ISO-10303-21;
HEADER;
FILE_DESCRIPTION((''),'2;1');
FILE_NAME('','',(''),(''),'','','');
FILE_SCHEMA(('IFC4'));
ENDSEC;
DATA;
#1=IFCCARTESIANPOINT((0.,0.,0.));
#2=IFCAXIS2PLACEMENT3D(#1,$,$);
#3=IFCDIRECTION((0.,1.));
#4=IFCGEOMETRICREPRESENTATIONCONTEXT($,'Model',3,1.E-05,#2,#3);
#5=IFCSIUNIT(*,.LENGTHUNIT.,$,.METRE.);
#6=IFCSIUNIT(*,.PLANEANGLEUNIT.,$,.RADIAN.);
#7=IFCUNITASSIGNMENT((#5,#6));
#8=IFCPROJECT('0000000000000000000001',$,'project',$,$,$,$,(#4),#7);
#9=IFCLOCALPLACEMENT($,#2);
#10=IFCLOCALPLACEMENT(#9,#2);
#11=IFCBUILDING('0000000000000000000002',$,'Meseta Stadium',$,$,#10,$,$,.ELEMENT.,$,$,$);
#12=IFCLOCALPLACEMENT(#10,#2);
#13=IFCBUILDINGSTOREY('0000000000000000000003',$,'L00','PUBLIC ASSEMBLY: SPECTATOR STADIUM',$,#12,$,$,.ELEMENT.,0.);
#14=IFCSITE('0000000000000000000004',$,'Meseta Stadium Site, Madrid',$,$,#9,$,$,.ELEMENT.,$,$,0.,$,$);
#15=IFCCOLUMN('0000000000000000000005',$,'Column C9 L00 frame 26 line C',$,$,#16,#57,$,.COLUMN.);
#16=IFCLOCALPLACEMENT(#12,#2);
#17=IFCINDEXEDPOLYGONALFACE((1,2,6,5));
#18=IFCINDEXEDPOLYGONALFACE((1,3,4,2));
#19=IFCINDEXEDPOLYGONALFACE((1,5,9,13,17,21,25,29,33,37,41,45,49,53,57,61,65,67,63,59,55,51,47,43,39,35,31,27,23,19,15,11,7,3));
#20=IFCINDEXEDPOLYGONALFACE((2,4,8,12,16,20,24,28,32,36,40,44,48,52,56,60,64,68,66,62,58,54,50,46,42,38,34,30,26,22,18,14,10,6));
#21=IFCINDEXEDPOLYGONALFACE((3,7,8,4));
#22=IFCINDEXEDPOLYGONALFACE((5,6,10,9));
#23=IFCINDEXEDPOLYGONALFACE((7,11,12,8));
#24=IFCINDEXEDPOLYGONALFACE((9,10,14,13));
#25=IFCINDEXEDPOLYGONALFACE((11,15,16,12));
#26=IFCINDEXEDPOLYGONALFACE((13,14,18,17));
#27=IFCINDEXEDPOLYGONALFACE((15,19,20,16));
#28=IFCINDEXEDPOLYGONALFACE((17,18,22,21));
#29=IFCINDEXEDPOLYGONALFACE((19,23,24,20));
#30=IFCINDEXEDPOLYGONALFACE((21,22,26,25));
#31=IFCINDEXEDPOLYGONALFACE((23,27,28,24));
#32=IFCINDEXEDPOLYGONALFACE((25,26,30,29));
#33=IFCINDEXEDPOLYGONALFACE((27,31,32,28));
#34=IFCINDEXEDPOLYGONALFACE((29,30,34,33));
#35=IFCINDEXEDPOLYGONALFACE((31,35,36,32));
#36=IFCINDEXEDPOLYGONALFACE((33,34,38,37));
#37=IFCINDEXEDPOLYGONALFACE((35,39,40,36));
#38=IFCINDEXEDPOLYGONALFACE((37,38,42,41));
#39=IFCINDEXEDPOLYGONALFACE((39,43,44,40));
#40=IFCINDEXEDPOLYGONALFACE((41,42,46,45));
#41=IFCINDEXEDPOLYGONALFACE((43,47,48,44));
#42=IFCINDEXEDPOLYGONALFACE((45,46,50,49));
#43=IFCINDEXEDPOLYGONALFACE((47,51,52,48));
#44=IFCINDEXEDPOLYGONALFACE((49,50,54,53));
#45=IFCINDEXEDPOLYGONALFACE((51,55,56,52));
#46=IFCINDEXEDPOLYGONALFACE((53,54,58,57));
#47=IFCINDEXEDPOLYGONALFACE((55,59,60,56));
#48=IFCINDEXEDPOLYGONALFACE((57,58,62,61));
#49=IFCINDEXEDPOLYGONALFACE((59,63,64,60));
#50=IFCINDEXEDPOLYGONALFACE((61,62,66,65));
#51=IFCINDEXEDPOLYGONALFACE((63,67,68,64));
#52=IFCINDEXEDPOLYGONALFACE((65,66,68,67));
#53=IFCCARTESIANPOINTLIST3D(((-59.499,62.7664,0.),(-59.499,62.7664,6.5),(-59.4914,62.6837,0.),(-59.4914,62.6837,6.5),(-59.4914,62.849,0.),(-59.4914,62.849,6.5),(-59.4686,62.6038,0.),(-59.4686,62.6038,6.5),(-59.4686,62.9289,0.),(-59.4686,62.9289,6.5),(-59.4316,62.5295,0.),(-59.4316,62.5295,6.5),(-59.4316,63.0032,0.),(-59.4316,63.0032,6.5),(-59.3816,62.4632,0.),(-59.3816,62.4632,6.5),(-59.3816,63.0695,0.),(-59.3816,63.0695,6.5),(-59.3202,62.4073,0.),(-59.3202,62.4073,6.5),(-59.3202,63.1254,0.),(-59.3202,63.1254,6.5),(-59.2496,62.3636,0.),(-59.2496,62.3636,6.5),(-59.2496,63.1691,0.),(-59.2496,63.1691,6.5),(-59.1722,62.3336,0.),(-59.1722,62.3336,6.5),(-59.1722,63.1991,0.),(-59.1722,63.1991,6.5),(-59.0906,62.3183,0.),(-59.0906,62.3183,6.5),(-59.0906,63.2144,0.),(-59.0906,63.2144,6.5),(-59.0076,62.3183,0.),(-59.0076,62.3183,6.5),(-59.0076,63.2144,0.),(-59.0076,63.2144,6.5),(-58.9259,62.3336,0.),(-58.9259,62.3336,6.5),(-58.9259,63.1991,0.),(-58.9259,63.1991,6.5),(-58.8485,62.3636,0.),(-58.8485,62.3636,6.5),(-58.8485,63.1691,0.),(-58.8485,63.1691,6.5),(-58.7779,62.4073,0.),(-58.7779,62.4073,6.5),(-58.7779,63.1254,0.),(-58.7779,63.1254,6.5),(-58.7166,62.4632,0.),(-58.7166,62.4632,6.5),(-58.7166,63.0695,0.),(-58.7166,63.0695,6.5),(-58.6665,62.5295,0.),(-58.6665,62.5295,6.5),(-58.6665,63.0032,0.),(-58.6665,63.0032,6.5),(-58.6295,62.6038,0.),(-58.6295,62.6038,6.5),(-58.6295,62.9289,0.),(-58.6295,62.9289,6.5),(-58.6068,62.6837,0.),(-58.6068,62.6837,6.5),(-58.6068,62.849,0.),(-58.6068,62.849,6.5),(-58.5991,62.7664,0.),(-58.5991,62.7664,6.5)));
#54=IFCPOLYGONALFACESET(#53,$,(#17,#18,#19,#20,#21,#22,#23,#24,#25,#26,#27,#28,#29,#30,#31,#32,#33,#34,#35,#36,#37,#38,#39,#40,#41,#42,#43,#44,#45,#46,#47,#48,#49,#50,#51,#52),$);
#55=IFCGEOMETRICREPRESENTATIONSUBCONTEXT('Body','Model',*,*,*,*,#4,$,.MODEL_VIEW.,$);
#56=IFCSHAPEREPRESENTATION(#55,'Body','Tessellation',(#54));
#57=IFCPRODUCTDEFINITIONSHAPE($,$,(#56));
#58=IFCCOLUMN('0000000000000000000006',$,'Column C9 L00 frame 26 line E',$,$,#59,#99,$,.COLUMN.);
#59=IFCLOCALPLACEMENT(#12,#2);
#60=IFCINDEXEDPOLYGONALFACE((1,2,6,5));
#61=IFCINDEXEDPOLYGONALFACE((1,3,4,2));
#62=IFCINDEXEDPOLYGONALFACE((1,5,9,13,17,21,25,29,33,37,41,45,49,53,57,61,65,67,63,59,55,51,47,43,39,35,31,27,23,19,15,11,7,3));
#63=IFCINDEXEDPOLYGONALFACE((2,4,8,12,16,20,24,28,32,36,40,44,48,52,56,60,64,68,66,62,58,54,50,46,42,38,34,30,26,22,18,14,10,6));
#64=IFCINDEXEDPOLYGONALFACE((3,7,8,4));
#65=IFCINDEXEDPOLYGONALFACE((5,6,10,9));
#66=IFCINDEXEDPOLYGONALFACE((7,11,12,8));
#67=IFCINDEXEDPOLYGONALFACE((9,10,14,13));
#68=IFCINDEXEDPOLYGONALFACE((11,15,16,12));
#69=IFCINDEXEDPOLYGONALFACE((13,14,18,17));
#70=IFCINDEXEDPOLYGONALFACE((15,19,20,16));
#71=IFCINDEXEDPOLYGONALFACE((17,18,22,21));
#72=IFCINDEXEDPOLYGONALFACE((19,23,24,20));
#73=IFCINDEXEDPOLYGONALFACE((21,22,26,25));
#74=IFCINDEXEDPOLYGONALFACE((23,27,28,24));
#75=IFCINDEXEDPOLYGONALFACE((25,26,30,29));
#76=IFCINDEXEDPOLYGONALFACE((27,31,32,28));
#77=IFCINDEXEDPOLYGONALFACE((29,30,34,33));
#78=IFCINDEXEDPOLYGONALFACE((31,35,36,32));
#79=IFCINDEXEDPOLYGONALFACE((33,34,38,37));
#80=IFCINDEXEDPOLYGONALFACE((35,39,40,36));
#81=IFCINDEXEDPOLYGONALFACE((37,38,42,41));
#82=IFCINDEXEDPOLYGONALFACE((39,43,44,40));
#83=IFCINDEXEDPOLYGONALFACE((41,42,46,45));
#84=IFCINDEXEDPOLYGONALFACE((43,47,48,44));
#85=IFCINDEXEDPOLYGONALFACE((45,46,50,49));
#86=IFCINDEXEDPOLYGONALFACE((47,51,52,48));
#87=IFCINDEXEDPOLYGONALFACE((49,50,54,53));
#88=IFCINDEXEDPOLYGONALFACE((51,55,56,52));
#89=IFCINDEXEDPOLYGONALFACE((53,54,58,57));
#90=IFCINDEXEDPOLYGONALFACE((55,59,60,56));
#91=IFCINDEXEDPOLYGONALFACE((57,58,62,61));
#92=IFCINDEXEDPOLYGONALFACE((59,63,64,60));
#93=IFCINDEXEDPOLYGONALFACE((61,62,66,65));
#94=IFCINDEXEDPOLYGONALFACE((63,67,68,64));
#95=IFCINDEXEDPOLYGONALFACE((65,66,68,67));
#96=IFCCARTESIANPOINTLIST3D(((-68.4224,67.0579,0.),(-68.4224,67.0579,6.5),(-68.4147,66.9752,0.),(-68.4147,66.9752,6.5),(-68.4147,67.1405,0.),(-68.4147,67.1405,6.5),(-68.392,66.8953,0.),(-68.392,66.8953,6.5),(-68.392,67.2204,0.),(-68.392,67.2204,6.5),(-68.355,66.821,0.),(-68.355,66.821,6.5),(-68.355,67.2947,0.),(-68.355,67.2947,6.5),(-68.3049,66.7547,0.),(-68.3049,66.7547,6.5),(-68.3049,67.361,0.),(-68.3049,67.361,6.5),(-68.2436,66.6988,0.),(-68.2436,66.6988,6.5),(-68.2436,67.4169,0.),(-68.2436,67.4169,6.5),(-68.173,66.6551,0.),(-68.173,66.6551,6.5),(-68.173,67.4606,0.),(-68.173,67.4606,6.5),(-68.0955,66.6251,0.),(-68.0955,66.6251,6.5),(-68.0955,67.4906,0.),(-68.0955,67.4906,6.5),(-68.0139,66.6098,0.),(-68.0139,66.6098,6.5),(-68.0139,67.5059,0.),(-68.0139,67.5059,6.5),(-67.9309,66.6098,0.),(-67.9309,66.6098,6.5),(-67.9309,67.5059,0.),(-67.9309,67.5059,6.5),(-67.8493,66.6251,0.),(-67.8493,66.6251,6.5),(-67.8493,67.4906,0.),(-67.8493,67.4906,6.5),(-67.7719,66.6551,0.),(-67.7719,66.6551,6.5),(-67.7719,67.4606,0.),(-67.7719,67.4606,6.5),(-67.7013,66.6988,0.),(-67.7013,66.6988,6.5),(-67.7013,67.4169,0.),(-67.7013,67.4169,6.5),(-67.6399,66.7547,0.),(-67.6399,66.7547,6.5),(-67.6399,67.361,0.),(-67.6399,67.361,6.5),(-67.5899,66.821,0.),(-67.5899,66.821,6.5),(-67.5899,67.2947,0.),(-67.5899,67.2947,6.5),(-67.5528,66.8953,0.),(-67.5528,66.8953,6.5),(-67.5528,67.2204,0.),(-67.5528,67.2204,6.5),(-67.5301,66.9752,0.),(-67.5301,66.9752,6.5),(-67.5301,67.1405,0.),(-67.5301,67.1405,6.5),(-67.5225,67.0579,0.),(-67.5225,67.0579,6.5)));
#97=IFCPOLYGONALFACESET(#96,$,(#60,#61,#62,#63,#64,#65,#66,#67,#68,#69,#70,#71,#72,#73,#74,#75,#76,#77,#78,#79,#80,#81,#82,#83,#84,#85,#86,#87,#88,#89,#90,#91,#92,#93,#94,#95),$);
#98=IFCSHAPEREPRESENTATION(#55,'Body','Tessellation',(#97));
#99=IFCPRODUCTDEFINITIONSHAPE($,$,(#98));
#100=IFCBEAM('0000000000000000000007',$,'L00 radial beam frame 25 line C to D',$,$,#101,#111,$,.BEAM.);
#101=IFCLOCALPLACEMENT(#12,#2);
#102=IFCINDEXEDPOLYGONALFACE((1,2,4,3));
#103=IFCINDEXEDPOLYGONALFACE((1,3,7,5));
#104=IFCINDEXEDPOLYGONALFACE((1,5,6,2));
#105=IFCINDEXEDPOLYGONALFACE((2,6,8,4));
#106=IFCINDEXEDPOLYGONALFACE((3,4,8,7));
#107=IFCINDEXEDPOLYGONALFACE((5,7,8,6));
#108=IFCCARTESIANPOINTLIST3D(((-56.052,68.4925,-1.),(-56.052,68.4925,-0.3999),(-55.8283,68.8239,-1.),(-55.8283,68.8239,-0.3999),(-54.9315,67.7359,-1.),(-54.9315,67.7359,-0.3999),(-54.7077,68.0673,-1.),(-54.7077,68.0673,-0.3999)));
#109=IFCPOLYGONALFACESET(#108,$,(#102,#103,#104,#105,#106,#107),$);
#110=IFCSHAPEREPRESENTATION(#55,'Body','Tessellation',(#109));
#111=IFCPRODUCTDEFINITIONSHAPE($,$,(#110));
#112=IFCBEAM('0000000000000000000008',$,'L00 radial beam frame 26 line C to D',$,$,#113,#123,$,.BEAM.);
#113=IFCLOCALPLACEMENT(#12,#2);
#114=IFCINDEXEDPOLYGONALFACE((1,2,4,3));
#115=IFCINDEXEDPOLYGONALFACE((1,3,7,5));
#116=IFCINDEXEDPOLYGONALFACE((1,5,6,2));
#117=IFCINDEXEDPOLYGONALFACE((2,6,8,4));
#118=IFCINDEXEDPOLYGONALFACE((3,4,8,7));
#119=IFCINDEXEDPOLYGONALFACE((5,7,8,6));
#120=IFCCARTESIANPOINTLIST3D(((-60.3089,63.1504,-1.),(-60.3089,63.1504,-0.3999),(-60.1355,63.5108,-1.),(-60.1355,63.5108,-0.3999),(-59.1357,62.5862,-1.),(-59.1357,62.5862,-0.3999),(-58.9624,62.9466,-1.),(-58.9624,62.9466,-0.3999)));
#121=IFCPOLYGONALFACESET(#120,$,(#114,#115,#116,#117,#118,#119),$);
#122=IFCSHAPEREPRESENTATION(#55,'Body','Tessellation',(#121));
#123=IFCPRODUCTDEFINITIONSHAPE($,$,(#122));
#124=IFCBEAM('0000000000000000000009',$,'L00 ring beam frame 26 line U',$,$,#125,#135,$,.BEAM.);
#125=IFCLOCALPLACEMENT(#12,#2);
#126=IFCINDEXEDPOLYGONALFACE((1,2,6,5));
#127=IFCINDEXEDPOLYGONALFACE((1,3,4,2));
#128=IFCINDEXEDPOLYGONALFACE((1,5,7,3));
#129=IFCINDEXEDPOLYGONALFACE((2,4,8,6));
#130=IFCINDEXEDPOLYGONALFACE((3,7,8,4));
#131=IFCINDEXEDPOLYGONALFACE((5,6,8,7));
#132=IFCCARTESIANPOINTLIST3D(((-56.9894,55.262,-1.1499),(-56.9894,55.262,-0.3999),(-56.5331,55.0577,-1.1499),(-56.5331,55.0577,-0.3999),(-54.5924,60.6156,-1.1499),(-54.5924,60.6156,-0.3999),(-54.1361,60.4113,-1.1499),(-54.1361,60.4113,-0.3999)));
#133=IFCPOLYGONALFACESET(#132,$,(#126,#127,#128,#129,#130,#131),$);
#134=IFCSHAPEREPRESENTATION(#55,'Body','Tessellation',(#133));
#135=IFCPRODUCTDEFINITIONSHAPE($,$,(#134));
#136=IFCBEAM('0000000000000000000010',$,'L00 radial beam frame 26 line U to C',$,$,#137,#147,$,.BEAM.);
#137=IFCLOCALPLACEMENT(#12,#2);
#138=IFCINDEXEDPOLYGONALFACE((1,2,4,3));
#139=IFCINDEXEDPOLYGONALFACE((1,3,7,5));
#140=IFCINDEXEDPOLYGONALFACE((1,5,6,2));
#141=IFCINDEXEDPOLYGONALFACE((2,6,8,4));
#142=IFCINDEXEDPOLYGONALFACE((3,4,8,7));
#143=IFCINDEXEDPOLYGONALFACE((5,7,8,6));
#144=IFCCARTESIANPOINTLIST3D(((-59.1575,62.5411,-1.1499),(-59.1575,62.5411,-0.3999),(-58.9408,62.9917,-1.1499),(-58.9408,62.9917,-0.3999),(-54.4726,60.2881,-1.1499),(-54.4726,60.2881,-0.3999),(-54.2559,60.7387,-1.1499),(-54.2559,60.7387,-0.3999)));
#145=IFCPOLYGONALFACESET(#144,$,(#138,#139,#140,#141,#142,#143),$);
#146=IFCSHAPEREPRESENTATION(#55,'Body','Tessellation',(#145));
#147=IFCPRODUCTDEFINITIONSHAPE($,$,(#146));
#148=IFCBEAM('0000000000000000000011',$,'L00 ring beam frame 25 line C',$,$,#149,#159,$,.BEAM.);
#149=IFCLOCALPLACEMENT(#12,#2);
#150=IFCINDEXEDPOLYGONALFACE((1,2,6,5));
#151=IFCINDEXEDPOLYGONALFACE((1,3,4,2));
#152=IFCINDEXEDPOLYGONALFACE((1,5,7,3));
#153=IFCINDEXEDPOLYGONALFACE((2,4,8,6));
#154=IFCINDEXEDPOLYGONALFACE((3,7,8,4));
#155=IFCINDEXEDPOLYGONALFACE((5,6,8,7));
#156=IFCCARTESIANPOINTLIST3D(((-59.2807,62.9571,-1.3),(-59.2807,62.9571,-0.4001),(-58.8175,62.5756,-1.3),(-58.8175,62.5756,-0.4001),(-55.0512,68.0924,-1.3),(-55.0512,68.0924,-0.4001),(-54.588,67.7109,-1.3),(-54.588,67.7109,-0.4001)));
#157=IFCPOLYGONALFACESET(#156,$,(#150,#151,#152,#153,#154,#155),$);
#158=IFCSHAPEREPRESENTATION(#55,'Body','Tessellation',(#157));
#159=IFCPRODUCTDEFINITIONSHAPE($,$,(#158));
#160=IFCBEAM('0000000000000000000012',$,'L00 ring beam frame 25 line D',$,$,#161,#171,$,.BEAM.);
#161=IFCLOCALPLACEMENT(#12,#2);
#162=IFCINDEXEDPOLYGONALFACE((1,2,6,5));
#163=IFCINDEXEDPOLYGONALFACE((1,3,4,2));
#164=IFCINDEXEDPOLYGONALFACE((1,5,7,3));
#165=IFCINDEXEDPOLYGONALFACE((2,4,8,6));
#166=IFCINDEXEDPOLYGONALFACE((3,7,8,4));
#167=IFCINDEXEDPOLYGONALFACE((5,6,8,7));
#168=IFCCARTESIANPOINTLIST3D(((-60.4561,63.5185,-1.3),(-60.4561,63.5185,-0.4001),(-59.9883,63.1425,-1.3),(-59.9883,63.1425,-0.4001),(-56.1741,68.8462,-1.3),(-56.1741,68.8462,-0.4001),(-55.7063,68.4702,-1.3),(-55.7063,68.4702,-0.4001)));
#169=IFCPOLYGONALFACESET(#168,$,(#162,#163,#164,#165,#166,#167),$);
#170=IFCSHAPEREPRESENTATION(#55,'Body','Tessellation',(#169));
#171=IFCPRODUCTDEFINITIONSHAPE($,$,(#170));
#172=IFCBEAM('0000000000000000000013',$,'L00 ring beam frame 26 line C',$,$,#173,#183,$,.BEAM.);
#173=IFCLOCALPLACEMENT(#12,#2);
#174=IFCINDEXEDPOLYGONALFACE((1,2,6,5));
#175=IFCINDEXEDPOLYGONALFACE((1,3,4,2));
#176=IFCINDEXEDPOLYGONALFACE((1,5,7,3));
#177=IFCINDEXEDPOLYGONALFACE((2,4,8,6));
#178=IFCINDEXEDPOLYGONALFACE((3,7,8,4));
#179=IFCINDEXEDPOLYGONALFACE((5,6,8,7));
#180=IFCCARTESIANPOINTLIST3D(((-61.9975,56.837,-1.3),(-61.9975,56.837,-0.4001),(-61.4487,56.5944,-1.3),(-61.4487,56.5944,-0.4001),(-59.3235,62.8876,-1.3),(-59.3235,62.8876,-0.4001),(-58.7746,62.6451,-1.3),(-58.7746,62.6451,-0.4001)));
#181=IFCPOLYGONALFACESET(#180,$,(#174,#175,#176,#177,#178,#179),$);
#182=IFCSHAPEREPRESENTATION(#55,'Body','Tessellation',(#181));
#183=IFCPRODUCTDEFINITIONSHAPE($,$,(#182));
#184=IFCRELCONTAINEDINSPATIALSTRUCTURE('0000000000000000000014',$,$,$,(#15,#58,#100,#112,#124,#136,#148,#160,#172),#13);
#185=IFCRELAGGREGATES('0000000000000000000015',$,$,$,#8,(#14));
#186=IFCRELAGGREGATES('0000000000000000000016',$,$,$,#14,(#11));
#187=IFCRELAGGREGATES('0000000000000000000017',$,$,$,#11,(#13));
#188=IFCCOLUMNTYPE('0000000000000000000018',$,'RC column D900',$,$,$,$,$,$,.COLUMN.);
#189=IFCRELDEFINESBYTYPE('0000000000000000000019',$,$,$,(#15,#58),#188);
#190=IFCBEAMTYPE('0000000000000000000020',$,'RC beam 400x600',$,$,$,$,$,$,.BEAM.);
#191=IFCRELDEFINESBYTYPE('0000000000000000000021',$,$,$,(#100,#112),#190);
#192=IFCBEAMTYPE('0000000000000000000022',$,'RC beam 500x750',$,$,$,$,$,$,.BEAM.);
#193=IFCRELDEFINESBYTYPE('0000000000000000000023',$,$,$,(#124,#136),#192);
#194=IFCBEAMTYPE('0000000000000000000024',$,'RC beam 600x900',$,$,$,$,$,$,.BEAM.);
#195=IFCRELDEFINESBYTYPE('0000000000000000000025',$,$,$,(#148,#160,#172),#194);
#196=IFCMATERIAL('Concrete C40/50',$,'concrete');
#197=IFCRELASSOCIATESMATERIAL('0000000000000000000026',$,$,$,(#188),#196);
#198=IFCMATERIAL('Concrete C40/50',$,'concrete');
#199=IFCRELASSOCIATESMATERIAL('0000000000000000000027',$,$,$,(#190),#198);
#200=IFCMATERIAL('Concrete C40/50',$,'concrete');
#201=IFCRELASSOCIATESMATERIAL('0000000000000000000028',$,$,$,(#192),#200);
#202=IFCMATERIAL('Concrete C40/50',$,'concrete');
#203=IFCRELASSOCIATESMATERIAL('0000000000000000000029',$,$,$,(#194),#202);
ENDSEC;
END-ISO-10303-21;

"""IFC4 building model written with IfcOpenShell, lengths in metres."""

from ifc_helpers import new_model, si_unit, direction, frame, origin, origin_2d, place, context, subcontext, project, spatial, rectangle, circle, extrude, material, material_profile, profile_set, type_object, element, save


model = new_model("IFC4")

# Units and contexts
model_context = context("Model", 3, precision=1e-05, world=origin(), true_north=direction((0.0, 1.0)))
body_context = subcontext(model_context, "Body", "Model", "MODEL_VIEW")
ifc_project = project(units=[si_unit("LENGTHUNIT", "METRE"), si_unit("PLANEANGLEUNIT", "RADIAN")], contexts=[model_context])

# Site, building, storey
site_placement = place(None, origin())
site = spatial("IfcSite", under=ifc_project, at=site_placement, Name="Meseta Stadium Site, Madrid", CompositionType="ELEMENT", RefElevation=0.0)
building_placement = place(site_placement, origin())
building = spatial("IfcBuilding", under=site, at=building_placement, Name="Meseta Stadium", CompositionType="ELEMENT")
storey_placement = place(building_placement, origin())
storey = spatial("IfcBuildingStorey", under=building, at=storey_placement, Name="L00", Description="PUBLIC ASSEMBLY: SPECTATOR STADIUM", CompositionType="ELEMENT", Elevation=0.0)

# Columns
ifc_material_1 = material(Name="Concrete C40/50", Category="concrete")
ifc_material_profile_1 = material_profile(ifc_material_1, circle(Radius=0.45, at=origin_2d()), Name="RC D900")
ifc_profile_set_1 = profile_set([ifc_material_profile_1], Name="Concrete C40/50")
column_type_1 = type_object("IfcColumnType", Name="RC column D900", PredefinedType="COLUMN", material=ifc_profile_set_1)
for number, where, z_axis, x_axis, name in (
    (1, (-59.0491, 62.7664, 0.0), (0.0, 0.0, 1.0), (1.0, 0.0, 0.0), "Column C9 L00 frame 26 line C"),
    (2, (-67.9724, 67.0579, 0.0), (0.0, 0.0, 1.0), (1.0, 0.0, 0.0), "Column C9 L00 frame 26 line E"),
):
    element("IfcColumn", number, at=place(storey_placement, frame(where, z_axis=z_axis, x_axis=x_axis)), inside=storey, type_object=column_type_1, Name=name, PredefinedType="COLUMN", context=body_context, shape_type="SweptSolid", body=[
        extrude(circle(Radius=0.45, at=origin_2d()), origin(), (0.0, 0.0, 1.0), 6.5),
    ])

# Beams
ifc_material_2 = material(Name="Concrete C40/50", Category="concrete")
ifc_material_profile_2 = material_profile(ifc_material_2, rectangle(XDim=0.3999, YDim=0.6001, at=origin_2d()), Name="RC 400x600")
ifc_profile_set_2 = profile_set([ifc_material_profile_2], Name="Concrete C40/50")
beam_type_1 = type_object("IfcBeamType", Name="RC beam 400x600", PredefinedType="BEAM", material=ifc_profile_set_2)
beam_1_placement = place(storey_placement, frame((-54.8196, 67.9016, -0.7), z_axis=(-0.828786, 0.559566, 0.0), x_axis=(-0.559566, -0.828786, 0.0)))
element("IfcBeam", 3, at=beam_1_placement, inside=storey, type_object=beam_type_1, Name="L00 radial beam frame 25 line C to D", PredefinedType="BEAM", context=body_context, shape_type="SweptSolid", body=[
    extrude(rectangle(XDim=0.3999, YDim=0.6001, at=origin_2d()), origin(), (0.0, 0.0, 1.0), 1.3521),
])
beam_2_placement = place(storey_placement, frame((-59.0491, 62.7664, -0.7), z_axis=(-0.901186, 0.433432, 0.0), x_axis=(-0.433432, -0.901186, 0.0)))
element("IfcBeam", 4, at=beam_2_placement, inside=storey, type_object=beam_type_1, Name="L00 radial beam frame 26 line C to D", PredefinedType="BEAM", context=body_context, shape_type="SweptSolid", body=[
    extrude(rectangle(XDim=0.3999, YDim=0.6001, at=origin_2d()), origin(), (0.0, 0.0, 1.0), 1.3018),
])
ifc_material_3 = material(Name="Concrete C40/50", Category="concrete")
ifc_material_profile_3 = material_profile(ifc_material_3, rectangle(XDim=0.5, YDim=0.75, at=origin_2d()), Name="RC 500x750")
ifc_profile_set_3 = profile_set([ifc_material_profile_3], Name="Concrete C40/50")
beam_type_2 = type_object("IfcBeamType", Name="RC beam 500x750", PredefinedType="BEAM", material=ifc_profile_set_3)
beam_3_placement = place(storey_placement, frame((-54.3643, 60.5134, -0.7749), z_axis=(-0.408647, -0.912692, 0.0), x_axis=(0.912692, -0.408647, 0.0)))
element("IfcBeam", 5, at=beam_3_placement, inside=storey, type_object=beam_type_2, Name="L00 ring beam frame 26 line U", PredefinedType="BEAM", context=body_context, shape_type="SweptSolid", body=[
    extrude(rectangle(XDim=0.5, YDim=0.75, at=origin_2d()), origin(), (0.0, 0.0, 1.0), 5.8657),
])
beam_4_placement = place(storey_placement, frame((-54.3643, 60.5134, -0.7749), z_axis=(-0.901206, 0.433391, 0.0), x_axis=(-0.433391, -0.901206, 0.0)))
element("IfcBeam", 6, at=beam_4_placement, inside=storey, type_object=beam_type_2, Name="L00 radial beam frame 26 line U to C", PredefinedType="BEAM", context=body_context, shape_type="SweptSolid", body=[
    extrude(rectangle(XDim=0.5, YDim=0.75, at=origin_2d()), origin(), (0.0, 0.0, 1.0), 5.1985),
])
ifc_material_4 = material(Name="Concrete C40/50", Category="concrete")
ifc_material_profile_4 = material_profile(ifc_material_4, rectangle(XDim=0.6001, YDim=0.8999, at=origin_2d()), Name="RC 600x900")
ifc_profile_set_4 = profile_set([ifc_material_profile_4], Name="Concrete C40/50")
beam_type_3 = type_object("IfcBeamType", Name="RC beam 600x900", PredefinedType="BEAM", material=ifc_profile_set_4)
beam_5_placement = place(storey_placement, frame((-54.8196, 67.9016, -0.8501), z_axis=(-0.635748, -0.771896, 0.0), x_axis=(0.771896, -0.635748, 0.0)))
element("IfcBeam", 7, at=beam_5_placement, inside=storey, type_object=beam_type_3, Name="L00 ring beam frame 25 line C", PredefinedType="BEAM", context=body_context, shape_type="SweptSolid", body=[
    extrude(rectangle(XDim=0.6001, YDim=0.8999, at=origin_2d()), origin(), (0.0, 0.0, 1.0), 6.6528),
])
beam_6_placement = place(storey_placement, frame((-55.9402, 68.6582, -0.8501), z_axis=(-0.626466, -0.779449, 0.0), x_axis=(0.779449, -0.626466, 0.0)))
element("IfcBeam", 8, at=beam_6_placement, inside=storey, type_object=beam_type_3, Name="L00 ring beam frame 25 line D", PredefinedType="BEAM", context=body_context, shape_type="SweptSolid", body=[
    extrude(rectangle(XDim=0.6001, YDim=0.8999, at=origin_2d()), origin(), (0.0, 0.0, 1.0), 6.8352),
])
beam_7_placement = place(storey_placement, frame((-59.0491, 62.7664, -0.8501), z_axis=(-0.404223, -0.91466, 0.0), x_axis=(0.91466, -0.404223, 0.0)))
element("IfcBeam", 9, at=beam_7_placement, inside=storey, type_object=beam_type_3, Name="L00 ring beam frame 26 line C", PredefinedType="BEAM", context=body_context, shape_type="SweptSolid", body=[
    extrude(rectangle(XDim=0.6001, YDim=0.8999, at=origin_2d()), origin(), (0.0, 0.0, 1.0), 6.6152),
])

save(model, "model.ifc")
